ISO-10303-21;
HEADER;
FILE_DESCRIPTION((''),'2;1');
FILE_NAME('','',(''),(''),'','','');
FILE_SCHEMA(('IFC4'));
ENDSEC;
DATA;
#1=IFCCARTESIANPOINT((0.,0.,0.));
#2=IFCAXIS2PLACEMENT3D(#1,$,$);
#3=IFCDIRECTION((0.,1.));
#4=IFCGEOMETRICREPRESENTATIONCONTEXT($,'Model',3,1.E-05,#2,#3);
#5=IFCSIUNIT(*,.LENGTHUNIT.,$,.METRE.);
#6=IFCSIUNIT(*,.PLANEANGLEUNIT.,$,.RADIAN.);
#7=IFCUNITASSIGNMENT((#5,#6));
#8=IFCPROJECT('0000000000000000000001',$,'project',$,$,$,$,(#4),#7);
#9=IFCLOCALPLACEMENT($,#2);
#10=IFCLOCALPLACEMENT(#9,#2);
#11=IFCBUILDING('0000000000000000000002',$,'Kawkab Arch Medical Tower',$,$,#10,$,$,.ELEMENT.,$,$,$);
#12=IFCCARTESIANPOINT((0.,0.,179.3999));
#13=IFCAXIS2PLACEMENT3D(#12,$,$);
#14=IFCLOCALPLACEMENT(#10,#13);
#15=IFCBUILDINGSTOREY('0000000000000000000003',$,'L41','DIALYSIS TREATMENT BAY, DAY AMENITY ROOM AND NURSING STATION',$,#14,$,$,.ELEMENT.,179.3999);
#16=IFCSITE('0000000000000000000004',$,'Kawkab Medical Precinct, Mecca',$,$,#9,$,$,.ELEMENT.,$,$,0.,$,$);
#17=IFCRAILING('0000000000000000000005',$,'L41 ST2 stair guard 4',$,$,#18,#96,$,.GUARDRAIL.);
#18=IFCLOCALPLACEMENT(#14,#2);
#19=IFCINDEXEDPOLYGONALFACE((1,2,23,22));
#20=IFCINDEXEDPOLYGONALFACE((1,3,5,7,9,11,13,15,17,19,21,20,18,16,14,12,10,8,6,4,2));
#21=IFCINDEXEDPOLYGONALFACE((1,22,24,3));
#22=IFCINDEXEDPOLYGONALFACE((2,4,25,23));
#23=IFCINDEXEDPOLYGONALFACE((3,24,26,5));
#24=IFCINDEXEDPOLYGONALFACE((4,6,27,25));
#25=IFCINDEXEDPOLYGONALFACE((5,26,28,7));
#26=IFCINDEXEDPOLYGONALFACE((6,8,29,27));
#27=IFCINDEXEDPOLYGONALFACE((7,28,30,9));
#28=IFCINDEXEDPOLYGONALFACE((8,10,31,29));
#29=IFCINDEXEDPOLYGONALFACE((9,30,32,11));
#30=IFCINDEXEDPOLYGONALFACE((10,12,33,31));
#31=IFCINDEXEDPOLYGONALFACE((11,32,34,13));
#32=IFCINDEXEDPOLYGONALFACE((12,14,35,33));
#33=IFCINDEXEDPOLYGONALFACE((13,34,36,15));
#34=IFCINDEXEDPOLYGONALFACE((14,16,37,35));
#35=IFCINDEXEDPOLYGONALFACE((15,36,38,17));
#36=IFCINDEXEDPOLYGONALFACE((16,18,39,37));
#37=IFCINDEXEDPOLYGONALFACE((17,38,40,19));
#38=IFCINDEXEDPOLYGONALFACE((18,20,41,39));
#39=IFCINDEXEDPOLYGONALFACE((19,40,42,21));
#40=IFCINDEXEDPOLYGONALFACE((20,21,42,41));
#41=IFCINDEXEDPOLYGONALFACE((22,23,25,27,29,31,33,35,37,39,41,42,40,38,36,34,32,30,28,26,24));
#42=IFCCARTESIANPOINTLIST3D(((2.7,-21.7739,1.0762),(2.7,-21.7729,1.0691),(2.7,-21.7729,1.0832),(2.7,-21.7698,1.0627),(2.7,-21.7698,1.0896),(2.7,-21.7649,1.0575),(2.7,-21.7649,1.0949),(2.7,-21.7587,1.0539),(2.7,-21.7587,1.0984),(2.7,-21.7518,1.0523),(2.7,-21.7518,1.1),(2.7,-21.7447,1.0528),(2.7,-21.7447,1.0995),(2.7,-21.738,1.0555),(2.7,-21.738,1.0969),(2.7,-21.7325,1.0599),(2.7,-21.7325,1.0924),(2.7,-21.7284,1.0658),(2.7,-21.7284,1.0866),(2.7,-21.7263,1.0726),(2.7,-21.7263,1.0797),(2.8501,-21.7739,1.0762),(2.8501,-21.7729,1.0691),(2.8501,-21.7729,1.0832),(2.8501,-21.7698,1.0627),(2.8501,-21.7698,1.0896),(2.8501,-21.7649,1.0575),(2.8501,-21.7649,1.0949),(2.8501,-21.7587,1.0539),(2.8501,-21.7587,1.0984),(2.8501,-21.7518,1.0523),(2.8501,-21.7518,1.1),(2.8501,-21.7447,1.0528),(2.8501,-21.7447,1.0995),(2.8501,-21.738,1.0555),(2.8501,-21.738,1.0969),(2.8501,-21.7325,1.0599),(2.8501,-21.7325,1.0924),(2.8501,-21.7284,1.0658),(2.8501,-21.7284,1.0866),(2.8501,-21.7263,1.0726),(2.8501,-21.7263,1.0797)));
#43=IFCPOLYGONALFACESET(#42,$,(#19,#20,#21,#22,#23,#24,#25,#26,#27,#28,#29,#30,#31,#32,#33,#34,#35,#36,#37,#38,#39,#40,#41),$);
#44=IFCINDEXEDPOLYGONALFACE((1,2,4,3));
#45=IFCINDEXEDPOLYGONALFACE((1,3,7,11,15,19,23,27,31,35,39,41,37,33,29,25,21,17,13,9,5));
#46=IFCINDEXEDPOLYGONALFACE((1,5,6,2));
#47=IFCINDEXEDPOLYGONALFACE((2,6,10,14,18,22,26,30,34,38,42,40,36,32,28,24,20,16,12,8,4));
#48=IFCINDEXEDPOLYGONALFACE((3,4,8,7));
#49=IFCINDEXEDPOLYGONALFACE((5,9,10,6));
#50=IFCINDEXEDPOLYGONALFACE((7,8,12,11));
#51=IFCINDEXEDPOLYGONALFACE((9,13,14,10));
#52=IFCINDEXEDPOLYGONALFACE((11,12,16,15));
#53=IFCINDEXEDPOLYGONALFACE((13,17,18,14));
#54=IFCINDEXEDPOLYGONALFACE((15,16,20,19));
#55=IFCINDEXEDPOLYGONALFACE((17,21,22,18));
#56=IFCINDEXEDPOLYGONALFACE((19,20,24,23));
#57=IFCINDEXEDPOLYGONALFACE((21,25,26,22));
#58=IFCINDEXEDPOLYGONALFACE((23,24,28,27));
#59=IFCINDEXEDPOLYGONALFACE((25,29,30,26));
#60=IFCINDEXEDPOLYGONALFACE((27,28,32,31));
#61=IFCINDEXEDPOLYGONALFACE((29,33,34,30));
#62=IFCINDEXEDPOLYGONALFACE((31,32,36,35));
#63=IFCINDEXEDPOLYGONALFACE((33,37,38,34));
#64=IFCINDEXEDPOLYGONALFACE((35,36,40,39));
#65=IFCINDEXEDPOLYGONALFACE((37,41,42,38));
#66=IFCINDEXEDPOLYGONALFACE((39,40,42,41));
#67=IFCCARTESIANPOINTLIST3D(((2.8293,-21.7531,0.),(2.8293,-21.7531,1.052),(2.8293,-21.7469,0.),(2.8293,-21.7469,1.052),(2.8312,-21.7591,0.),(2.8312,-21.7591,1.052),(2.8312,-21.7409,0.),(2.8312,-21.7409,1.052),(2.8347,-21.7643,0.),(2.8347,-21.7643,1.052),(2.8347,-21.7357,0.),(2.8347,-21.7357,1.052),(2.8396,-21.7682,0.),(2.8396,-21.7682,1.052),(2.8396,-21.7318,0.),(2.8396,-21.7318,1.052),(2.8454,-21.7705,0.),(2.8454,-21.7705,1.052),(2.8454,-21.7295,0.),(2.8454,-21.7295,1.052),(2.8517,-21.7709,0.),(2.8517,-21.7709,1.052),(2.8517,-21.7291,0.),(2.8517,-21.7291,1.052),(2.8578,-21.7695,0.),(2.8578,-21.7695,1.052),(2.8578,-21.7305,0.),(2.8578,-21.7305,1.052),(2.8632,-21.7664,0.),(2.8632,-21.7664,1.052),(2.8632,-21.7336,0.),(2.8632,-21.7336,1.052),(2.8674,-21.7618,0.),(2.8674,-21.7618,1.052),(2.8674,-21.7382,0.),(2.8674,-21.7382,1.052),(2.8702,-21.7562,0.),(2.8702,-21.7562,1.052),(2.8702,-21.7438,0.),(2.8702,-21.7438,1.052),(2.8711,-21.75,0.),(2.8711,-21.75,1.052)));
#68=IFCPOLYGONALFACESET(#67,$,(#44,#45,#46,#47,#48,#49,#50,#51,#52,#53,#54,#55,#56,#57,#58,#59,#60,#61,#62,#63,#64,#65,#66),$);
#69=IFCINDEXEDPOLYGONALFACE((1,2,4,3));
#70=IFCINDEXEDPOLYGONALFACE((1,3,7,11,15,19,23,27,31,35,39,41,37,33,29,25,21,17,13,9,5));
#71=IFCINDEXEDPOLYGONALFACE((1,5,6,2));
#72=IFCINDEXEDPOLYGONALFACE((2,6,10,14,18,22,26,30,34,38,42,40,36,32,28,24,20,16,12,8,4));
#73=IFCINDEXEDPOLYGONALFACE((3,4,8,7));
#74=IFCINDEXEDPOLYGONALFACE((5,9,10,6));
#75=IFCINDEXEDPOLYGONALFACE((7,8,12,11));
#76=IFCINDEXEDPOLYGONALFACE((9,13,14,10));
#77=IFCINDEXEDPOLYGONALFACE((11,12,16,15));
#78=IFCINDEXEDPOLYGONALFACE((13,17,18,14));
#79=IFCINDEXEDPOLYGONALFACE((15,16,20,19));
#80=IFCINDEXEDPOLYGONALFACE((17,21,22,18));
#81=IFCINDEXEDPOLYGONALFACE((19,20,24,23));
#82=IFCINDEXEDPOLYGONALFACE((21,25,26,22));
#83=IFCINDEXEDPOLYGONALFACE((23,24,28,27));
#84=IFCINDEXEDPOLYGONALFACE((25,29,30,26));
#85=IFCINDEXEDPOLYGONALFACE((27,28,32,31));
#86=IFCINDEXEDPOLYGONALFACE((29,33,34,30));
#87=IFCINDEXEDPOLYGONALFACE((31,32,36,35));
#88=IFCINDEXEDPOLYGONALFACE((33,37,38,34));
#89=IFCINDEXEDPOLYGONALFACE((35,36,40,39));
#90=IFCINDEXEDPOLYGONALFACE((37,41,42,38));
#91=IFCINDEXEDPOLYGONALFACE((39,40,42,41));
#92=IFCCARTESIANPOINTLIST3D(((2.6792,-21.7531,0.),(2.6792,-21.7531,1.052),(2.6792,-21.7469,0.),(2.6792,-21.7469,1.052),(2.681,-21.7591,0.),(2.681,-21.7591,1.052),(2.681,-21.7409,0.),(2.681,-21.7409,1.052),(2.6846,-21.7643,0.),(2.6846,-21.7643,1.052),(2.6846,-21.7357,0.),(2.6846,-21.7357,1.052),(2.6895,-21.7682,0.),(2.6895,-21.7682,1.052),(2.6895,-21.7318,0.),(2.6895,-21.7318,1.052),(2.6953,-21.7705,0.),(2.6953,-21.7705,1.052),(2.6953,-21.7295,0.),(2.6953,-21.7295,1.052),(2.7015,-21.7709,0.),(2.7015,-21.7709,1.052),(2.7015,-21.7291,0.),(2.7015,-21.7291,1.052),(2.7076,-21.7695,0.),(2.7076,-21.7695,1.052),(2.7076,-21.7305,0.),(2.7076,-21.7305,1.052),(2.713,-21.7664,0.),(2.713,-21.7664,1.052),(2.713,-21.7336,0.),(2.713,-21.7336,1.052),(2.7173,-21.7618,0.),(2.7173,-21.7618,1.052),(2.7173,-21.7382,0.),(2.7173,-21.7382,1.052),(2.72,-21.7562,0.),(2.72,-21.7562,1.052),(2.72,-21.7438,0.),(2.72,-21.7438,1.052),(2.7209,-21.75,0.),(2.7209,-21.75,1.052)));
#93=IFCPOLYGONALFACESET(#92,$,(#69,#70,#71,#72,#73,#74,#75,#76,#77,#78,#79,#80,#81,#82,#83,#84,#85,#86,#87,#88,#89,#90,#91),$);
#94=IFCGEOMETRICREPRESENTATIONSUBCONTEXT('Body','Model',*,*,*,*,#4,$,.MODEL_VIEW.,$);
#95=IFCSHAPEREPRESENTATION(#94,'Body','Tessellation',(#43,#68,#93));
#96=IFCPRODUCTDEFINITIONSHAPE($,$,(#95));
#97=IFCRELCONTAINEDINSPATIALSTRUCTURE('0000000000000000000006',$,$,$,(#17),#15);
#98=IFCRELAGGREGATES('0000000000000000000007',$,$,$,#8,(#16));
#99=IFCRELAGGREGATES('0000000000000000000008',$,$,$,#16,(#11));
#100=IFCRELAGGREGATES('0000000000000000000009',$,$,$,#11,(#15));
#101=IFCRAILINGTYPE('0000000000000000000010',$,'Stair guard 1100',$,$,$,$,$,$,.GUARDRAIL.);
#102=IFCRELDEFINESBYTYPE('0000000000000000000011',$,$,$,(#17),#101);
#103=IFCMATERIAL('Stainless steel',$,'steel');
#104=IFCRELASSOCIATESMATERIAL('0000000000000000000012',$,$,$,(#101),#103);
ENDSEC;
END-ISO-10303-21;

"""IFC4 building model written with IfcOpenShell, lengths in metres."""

from ifc_helpers import new_model, si_unit, direction, frame, origin, origin_2d, place, context, subcontext, project, spatial, circle, extrude, material, type_object, element, save


model = new_model("IFC4")

# Units and contexts
model_context = context("Model", 3, precision=1e-05, world=origin(), true_north=direction((0.0, 1.0)))
body_context = subcontext(model_context, "Body", "Model", "MODEL_VIEW")
ifc_project = project(units=[si_unit("LENGTHUNIT", "METRE"), si_unit("PLANEANGLEUNIT", "RADIAN")], contexts=[model_context])

# Site, building, storey
site_placement = place(None, origin())
site = spatial("IfcSite", under=ifc_project, at=site_placement, Name="Kawkab Medical Precinct, Mecca", CompositionType="ELEMENT", RefElevation=0.0)
building_placement = place(site_placement, origin())
building = spatial("IfcBuilding", under=site, at=building_placement, Name="Kawkab Arch Medical Tower", CompositionType="ELEMENT")
storey_placement = place(building_placement, frame((0.0, 0.0, 179.3999)))
storey = spatial("IfcBuildingStorey", under=building, at=storey_placement, Name="L41", Description="DIALYSIS TREATMENT BAY, DAY AMENITY ROOM AND NURSING STATION", CompositionType="ELEMENT", Elevation=179.3999)

# Railing
ifc_material_1 = material(Name="Stainless steel", Category="steel")
railing_type = type_object("IfcRailingType", Name="Stair guard 1100", PredefinedType="GUARDRAIL", material=ifc_material_1)
railing_1_placement = place(storey_placement, frame((2.8501, -21.75, 0.0)))
element("IfcRailing", 1, at=railing_1_placement, inside=storey, type_object=railing_type, Name="L41 ST2 stair guard 4", PredefinedType="GUARDRAIL", context=body_context, shape_type="SweptSolid", body=[
    extrude(circle(Radius=0.0239, at=origin_2d()), frame((0.0, 0.0, 1.0762), z_axis=(-1.0, 0.0, 0.0), x_axis=(0.0, -1.0, 0.0)), (0.0, 0.0, 1.0), 0.1501),
    extrude(circle(Radius=0.021, at=origin_2d()), origin(), (0.0, 0.0, 1.0), 1.052),
    extrude(circle(Radius=0.021, at=origin_2d()), frame((-0.1501, 0.0, 0.0)), (0.0, 0.0, 1.0), 1.052),
])

save(model, "model.ifc")
